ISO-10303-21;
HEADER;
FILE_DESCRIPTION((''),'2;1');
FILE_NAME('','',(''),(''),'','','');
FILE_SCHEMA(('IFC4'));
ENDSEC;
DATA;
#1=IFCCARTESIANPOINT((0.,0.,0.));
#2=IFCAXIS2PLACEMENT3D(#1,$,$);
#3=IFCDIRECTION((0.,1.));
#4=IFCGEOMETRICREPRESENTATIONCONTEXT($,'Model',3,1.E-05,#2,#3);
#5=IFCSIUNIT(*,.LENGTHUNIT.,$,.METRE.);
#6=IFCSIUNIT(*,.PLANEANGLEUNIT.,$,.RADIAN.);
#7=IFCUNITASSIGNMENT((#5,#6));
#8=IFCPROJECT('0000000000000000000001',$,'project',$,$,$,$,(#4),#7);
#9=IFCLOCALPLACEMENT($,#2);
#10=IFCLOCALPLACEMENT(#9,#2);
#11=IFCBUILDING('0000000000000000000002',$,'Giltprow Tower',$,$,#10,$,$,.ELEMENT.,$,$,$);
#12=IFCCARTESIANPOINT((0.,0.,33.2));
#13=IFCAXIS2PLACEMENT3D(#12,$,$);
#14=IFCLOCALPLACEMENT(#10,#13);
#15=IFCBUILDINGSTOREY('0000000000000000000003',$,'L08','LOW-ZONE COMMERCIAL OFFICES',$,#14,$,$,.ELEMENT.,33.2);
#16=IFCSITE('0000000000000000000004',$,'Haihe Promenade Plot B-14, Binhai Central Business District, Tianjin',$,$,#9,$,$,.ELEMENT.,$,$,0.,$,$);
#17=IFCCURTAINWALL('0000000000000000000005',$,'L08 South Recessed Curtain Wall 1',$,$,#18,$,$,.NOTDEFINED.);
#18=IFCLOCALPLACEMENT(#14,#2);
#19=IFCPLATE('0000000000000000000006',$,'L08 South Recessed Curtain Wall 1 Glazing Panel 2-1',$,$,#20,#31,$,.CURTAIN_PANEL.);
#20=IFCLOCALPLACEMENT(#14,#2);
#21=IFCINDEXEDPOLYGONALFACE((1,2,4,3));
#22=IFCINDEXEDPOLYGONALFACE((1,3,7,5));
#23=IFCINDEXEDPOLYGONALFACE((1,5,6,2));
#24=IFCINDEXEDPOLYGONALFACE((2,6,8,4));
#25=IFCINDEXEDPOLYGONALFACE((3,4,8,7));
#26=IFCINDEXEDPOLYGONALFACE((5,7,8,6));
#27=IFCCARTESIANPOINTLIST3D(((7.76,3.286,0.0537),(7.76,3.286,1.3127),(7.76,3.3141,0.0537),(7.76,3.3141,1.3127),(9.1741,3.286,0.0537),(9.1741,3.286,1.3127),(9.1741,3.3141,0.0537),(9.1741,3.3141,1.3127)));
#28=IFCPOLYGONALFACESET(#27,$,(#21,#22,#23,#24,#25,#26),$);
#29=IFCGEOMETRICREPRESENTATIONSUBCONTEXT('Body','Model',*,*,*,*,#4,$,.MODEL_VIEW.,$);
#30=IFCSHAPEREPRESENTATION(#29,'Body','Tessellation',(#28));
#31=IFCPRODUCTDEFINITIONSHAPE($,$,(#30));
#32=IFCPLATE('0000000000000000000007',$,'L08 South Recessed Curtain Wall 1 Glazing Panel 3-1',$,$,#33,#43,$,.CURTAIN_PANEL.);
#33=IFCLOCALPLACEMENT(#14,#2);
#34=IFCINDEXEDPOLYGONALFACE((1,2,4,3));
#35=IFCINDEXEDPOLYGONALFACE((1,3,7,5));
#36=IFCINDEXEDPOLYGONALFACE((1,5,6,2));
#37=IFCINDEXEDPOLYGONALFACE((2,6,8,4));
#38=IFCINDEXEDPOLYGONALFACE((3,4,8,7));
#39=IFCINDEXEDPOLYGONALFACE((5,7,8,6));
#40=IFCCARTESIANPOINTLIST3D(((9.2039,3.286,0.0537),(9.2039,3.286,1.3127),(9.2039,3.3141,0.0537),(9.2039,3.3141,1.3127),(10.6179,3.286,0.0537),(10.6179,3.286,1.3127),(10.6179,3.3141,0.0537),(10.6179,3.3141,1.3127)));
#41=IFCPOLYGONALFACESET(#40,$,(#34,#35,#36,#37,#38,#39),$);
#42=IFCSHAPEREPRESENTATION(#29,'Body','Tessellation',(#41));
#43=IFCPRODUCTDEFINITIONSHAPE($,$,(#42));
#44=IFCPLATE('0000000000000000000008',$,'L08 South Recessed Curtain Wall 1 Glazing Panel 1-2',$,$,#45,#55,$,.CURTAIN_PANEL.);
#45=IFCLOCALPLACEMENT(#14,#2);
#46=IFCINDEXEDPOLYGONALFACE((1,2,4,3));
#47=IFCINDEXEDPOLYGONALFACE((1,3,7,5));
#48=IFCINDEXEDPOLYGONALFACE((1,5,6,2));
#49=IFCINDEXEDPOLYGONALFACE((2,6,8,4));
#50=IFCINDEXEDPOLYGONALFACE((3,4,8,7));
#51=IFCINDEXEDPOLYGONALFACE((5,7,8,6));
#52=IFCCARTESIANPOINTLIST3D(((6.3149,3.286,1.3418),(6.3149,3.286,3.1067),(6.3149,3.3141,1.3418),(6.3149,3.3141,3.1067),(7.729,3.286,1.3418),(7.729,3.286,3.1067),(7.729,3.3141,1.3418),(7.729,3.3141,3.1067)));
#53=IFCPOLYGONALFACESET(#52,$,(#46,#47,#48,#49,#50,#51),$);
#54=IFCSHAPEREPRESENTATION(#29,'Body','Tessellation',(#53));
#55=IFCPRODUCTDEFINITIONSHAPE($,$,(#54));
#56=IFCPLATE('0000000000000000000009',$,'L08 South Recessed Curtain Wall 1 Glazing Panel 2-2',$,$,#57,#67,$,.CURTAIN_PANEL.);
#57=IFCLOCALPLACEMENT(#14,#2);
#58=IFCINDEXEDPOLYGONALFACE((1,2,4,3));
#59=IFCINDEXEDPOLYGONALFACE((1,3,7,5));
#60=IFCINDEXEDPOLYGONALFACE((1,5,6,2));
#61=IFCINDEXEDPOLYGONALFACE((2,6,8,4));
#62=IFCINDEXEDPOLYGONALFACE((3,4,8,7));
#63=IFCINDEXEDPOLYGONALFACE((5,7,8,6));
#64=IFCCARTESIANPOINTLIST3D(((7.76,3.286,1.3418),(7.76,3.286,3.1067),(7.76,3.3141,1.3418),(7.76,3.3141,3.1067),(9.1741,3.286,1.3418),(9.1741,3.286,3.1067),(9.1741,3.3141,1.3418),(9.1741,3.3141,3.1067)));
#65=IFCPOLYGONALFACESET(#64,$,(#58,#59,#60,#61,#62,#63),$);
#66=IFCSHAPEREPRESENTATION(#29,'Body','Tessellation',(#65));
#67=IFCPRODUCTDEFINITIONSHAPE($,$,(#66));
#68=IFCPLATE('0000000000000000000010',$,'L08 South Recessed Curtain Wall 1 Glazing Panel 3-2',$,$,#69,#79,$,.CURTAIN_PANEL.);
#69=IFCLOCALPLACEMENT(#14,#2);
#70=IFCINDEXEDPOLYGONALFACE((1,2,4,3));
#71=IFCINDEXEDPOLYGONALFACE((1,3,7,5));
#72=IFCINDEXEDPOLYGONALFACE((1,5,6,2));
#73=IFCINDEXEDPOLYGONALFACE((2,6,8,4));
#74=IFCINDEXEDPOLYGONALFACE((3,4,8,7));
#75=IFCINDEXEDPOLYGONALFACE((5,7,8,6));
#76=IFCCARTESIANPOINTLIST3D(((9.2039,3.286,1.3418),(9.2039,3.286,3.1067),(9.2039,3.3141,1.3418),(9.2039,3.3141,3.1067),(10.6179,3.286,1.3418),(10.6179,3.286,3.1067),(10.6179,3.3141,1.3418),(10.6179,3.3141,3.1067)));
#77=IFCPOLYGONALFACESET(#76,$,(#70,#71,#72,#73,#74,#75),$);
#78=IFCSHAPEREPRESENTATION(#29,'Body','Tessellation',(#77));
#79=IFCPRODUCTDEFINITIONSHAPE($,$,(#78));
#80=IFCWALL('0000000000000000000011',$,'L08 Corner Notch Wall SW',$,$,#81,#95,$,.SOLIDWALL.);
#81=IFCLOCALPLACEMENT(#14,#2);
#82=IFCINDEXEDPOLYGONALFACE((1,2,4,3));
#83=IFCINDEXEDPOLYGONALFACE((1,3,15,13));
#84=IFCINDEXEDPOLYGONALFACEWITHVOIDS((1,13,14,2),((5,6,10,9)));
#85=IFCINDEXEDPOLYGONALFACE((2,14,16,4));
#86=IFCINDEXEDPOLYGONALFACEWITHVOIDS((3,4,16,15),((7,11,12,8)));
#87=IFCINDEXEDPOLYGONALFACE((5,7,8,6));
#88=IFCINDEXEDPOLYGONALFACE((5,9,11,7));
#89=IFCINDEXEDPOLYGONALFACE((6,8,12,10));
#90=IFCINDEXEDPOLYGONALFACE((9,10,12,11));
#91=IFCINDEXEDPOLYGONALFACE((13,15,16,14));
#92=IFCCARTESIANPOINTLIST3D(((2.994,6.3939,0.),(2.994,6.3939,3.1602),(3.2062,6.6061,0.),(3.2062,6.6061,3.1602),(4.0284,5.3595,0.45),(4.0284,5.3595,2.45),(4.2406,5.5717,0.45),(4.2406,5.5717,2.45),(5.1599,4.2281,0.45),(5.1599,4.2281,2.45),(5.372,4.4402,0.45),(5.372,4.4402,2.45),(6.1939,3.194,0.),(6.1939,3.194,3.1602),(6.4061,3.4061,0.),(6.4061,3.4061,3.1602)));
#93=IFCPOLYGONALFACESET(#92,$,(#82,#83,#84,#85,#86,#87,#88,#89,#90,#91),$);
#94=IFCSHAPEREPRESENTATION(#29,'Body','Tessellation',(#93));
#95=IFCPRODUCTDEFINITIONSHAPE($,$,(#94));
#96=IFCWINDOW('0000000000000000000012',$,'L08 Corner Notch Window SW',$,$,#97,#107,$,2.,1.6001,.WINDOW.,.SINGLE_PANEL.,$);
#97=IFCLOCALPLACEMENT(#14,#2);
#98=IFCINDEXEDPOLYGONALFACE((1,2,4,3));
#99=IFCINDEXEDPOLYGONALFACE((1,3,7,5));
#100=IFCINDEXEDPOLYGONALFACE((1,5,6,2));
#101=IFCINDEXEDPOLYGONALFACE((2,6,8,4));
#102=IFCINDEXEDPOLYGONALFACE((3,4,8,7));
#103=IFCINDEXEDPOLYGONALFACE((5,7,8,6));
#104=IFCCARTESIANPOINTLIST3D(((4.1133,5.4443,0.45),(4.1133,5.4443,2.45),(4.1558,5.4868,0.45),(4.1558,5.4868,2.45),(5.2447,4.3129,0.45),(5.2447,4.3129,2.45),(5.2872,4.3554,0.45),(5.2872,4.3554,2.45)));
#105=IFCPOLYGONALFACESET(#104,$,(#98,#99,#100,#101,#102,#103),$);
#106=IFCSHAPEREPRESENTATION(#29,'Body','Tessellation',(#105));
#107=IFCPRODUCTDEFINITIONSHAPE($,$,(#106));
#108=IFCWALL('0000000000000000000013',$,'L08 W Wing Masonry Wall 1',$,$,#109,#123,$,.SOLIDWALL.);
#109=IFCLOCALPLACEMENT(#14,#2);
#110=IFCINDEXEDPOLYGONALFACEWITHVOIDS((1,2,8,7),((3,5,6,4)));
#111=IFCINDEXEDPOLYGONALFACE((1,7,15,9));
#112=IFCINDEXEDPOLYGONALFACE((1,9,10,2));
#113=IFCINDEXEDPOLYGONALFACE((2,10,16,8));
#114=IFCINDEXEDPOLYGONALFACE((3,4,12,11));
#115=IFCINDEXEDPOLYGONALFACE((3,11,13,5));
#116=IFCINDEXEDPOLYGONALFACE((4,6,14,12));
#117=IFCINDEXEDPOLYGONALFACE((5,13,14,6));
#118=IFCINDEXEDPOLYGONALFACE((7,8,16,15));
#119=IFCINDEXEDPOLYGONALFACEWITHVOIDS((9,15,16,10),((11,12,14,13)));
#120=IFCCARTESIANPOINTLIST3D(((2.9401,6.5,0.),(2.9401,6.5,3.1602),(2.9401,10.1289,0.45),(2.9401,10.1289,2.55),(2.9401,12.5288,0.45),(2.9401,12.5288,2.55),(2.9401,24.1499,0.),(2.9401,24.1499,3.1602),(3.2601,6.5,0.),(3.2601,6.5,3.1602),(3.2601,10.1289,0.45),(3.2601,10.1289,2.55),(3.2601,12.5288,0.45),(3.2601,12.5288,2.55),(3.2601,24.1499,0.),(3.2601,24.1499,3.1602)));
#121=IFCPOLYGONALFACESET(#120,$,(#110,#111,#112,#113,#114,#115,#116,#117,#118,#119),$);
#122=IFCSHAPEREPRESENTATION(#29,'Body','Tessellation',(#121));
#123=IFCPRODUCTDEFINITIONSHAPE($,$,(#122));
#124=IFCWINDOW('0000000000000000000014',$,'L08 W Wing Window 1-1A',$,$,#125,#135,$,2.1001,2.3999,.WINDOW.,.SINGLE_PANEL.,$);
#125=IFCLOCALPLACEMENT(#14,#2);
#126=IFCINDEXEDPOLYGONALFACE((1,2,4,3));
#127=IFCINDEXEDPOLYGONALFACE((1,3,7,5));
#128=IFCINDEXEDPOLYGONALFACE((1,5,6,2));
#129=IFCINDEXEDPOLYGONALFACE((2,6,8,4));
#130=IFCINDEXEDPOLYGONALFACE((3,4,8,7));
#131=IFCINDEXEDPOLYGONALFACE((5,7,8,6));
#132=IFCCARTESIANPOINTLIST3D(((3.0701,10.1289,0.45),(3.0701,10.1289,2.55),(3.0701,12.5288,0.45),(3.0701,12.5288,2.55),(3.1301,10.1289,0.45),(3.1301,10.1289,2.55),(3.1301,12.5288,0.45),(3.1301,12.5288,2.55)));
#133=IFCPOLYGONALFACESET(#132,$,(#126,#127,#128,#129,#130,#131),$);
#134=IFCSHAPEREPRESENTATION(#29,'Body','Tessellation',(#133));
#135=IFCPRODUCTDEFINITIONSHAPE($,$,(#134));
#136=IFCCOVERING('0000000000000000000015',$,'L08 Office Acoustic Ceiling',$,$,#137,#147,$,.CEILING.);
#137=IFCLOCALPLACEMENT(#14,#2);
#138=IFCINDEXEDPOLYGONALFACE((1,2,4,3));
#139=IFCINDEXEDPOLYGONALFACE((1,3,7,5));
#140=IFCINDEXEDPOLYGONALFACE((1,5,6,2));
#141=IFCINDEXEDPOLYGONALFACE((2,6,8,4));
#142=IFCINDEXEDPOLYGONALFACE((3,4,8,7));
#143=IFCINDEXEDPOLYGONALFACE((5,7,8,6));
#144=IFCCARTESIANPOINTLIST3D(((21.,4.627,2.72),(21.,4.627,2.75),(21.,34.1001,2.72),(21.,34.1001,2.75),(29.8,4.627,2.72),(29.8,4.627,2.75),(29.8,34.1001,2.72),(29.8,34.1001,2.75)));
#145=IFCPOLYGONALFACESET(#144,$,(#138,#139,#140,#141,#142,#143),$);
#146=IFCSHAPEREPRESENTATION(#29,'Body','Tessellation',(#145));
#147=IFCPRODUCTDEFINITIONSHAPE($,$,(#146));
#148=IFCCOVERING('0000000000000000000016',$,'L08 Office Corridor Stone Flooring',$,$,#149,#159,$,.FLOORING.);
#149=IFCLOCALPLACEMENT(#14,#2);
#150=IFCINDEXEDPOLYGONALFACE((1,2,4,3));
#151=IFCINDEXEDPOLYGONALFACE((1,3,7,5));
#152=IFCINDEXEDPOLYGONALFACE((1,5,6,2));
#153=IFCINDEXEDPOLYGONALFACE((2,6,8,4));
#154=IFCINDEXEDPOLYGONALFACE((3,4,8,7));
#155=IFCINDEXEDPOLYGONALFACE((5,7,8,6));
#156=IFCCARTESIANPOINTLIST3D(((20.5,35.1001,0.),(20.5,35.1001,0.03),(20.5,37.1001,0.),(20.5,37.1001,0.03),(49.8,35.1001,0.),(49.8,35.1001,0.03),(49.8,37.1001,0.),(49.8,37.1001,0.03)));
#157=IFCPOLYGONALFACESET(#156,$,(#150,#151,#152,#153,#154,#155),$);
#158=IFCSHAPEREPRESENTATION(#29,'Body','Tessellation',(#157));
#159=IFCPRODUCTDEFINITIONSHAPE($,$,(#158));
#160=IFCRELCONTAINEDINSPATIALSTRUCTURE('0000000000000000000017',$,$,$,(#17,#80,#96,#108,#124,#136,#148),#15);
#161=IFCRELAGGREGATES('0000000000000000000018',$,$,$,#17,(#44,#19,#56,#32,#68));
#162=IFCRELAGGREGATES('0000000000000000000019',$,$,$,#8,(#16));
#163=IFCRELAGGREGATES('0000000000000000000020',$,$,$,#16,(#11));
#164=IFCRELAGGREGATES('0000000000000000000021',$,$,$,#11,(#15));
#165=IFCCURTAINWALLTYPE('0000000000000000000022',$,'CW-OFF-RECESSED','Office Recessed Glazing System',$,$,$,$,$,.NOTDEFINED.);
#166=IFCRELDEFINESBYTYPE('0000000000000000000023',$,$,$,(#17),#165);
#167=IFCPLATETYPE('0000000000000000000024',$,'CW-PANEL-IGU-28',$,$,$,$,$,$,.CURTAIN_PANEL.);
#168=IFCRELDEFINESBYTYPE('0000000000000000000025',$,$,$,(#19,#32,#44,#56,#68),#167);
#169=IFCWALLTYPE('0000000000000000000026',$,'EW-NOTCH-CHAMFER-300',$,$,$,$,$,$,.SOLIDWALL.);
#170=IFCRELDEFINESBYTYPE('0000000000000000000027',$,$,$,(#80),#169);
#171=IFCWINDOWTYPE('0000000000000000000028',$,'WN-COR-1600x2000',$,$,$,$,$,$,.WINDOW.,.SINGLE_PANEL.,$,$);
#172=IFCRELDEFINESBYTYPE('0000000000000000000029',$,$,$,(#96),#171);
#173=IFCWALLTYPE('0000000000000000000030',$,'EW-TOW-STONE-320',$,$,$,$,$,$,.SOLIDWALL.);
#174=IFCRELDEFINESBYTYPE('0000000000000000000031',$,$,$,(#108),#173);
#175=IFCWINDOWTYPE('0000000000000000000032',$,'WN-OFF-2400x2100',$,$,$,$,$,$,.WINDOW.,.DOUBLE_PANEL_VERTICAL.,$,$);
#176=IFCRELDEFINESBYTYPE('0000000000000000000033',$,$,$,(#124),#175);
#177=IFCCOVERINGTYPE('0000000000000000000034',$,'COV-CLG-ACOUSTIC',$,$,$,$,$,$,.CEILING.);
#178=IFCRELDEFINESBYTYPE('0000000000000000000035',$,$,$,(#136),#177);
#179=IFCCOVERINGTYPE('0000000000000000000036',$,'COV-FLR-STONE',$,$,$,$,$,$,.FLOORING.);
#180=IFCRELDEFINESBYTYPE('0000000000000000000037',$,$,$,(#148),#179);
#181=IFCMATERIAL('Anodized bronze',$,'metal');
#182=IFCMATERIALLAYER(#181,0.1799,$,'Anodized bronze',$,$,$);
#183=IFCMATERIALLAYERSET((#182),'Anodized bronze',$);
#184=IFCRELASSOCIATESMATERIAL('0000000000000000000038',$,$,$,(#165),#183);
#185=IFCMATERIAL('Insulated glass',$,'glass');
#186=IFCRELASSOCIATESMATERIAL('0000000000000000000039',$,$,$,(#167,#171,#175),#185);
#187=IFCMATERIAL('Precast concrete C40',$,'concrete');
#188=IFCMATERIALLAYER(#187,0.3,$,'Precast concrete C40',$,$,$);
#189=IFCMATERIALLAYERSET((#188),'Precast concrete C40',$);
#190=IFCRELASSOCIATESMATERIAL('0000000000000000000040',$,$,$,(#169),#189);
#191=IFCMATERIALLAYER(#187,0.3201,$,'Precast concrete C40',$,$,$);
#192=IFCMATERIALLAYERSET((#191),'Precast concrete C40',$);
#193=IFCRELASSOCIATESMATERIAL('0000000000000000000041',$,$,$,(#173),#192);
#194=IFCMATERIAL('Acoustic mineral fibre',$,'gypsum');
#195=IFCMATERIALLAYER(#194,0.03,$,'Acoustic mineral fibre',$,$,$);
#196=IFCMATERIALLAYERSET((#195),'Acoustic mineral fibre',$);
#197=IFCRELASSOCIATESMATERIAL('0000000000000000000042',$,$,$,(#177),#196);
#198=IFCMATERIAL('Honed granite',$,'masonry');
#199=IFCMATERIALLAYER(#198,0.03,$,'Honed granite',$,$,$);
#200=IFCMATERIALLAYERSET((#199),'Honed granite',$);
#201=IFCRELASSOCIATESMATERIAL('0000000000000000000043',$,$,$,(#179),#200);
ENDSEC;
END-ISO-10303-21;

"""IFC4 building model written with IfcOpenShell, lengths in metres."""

from ifc_helpers import new_model, si_unit, direction, frame, frame_2d, origin, origin_2d, place, context, subcontext, project, spatial, polyline, rectangle, outline, extrude, source, transform, mapped, material, layer, layer_set, type_object, element, fill, aggregate, save


model = new_model("IFC4")

# Units and contexts
model_context = context("Model", 3, precision=1e-05, world=origin(), true_north=direction((0.0, 1.0)))
body_context = subcontext(model_context, "Body", "Model", "MODEL_VIEW")
ifc_project = project(units=[si_unit("LENGTHUNIT", "METRE"), si_unit("PLANEANGLEUNIT", "RADIAN")], contexts=[model_context])

# Site, building, storey
site_placement = place(None, origin())
site = spatial("IfcSite", under=ifc_project, at=site_placement, Name="Haihe Promenade Plot B-14, Binhai Central Business District, Tianjin", CompositionType="ELEMENT", RefElevation=0.0)
building_placement = place(site_placement, origin())
building = spatial("IfcBuilding", under=site, at=building_placement, Name="Giltprow Tower", CompositionType="ELEMENT")
storey_placement = place(building_placement, frame((0.0, 0.0, 33.2)))
storey = spatial("IfcBuildingStorey", under=building, at=storey_placement, Name="L08", Description="LOW-ZONE COMMERCIAL OFFICES", CompositionType="ELEMENT", Elevation=33.2)

# Curtain wall
ifc_material_1 = material(Name="Anodized bronze", Category="metal")
ifc_layer_1 = layer(ifc_material_1, 0.1799, Name="Anodized bronze")
ifc_layer_set_1 = layer_set([ifc_layer_1], Name="Anodized bronze")
curtain_wall_type = type_object("IfcCurtainWallType", Name="CW-OFF-RECESSED", Description="Office Recessed Glazing System", PredefinedType="NOTDEFINED", material=ifc_layer_set_1)
curtain_wall_placement = place(storey_placement, origin())
curtain_wall = element("IfcCurtainWall", 1, at=curtain_wall_placement, inside=storey, type_object=curtain_wall_type, Name="L08 South Recessed Curtain Wall 1", PredefinedType="NOTDEFINED")

# Plates
ifc_material_2 = material(Name="Insulated glass", Category="glass")
plate_type_1 = type_object("IfcPlateType", Name="CW-PANEL-IGU-28", PredefinedType="CURTAIN_PANEL", material=ifc_material_2)
shared_shape_1 = source(origin(), body_context, "Body", "SweptSolid", [
    extrude(rectangle(XDim=1.4141, YDim=0.0281, at=origin_2d()), origin(), (0.0, 0.0, 1.0), 1.259),
])
plate_1_placement = place(storey_placement, frame((8.467, 3.3, 0.0537), z_axis=(0.0, 0.0, 1.0), x_axis=(1.0, 0.0, 0.0)))
plate_1 = element("IfcPlate", 2, at=plate_1_placement, type_object=plate_type_1, Name="L08 South Recessed Curtain Wall 1 Glazing Panel 2-1", PredefinedType="CURTAIN_PANEL", context=body_context, shape_type="MappedRepresentation", body=[
    mapped(shared_shape_1, transform((0.0, 0.0, 0.0), x_axis=(1.0, 0.0, 0.0), y_axis=(0.0, 1.0, 0.0), z_axis=(0.0, 0.0, 1.0), scale=1.0)),
])
plate_2_placement = place(storey_placement, frame((9.9109, 3.3, 0.0537), z_axis=(0.0, 0.0, 1.0), x_axis=(1.0, 0.0, 0.0)))
plate_2 = element("IfcPlate", 3, at=plate_2_placement, type_object=plate_type_1, Name="L08 South Recessed Curtain Wall 1 Glazing Panel 3-1", PredefinedType="CURTAIN_PANEL", context=body_context, shape_type="MappedRepresentation", body=[
    mapped(shared_shape_1, transform((0.0, 0.0, 0.0), x_axis=(1.0, 0.0, 0.0), y_axis=(0.0, 1.0, 0.0), z_axis=(0.0, 0.0, 1.0), scale=1.0)),
])
shared_shape_2 = source(origin(), body_context, "Body", "SweptSolid", [
    extrude(rectangle(XDim=1.4141, YDim=0.0281, at=origin_2d()), origin(), (0.0, 0.0, 1.0), 1.7649),
])
plate_3_placement = place(storey_placement, frame((7.022, 3.3, 1.3418), z_axis=(0.0, 0.0, 1.0), x_axis=(1.0, 0.0, 0.0)))
plate_3 = element("IfcPlate", 4, at=plate_3_placement, type_object=plate_type_1, Name="L08 South Recessed Curtain Wall 1 Glazing Panel 1-2", PredefinedType="CURTAIN_PANEL", context=body_context, shape_type="MappedRepresentation", body=[
    mapped(shared_shape_2, transform((0.0, 0.0, 0.0), x_axis=(1.0, 0.0, 0.0), y_axis=(0.0, 1.0, 0.0), z_axis=(0.0, 0.0, 1.0), scale=1.0)),
])
plate_4_placement = place(storey_placement, frame((8.467, 3.3, 1.3418), z_axis=(0.0, 0.0, 1.0), x_axis=(1.0, 0.0, 0.0)))
plate_4 = element("IfcPlate", 5, at=plate_4_placement, type_object=plate_type_1, Name="L08 South Recessed Curtain Wall 1 Glazing Panel 2-2", PredefinedType="CURTAIN_PANEL", context=body_context, shape_type="MappedRepresentation", body=[
    mapped(shared_shape_2, transform((0.0, 0.0, 0.0), x_axis=(1.0, 0.0, 0.0), y_axis=(0.0, 1.0, 0.0), z_axis=(0.0, 0.0, 1.0), scale=1.0)),
])
plate_5_placement = place(storey_placement, frame((9.9109, 3.3, 1.3418), z_axis=(0.0, 0.0, 1.0), x_axis=(1.0, 0.0, 0.0)))
plate_5 = element("IfcPlate", 6, at=plate_5_placement, type_object=plate_type_1, Name="L08 South Recessed Curtain Wall 1 Glazing Panel 3-2", PredefinedType="CURTAIN_PANEL", context=body_context, shape_type="MappedRepresentation", body=[
    mapped(shared_shape_2, transform((0.0, 0.0, 0.0), x_axis=(1.0, 0.0, 0.0), y_axis=(0.0, 1.0, 0.0), z_axis=(0.0, 0.0, 1.0), scale=1.0)),
])
aggregate(curtain_wall, [plate_3, plate_1, plate_4, plate_2, plate_5])

# Walls, openings, windows
ifc_material_3 = material(Name="Precast concrete C40", Category="concrete")
ifc_layer_2 = layer(ifc_material_3, 0.3, Name="Precast concrete C40")
ifc_layer_set_2 = layer_set([ifc_layer_2], Name="Precast concrete C40")
wall_type_1 = type_object("IfcWallType", Name="EW-NOTCH-CHAMFER-300", PredefinedType="SOLIDWALL", material=ifc_layer_set_2)
wall_1_placement = place(storey_placement, frame((3.1001, 6.5, 0.0), z_axis=(0.0, 0.0, 1.0), x_axis=(0.707107, -0.707107, 0.0)))
wall_1 = element("IfcWall", 7, at=wall_1_placement, inside=storey, type_object=wall_type_1, Name="L08 Corner Notch Wall SW", PredefinedType="SOLIDWALL", context=body_context, shape_type="SweptSolid", body=[
    extrude(rectangle(XDim=4.5254, YDim=0.3, at=frame_2d((2.2627, 0.0))), origin(), (0.0, 0.0, 1.0), 3.1602),
])
opening_1_placement = place(wall_1_placement, frame((1.4629, 0.0, 0.45)))
opening_1 = element("IfcOpeningElement", 8, at=opening_1_placement, cuts=wall_1, PredefinedType="OPENING", context=body_context, shape_type="SweptSolid", body=[
    extrude(rectangle(XDim=1.6001, YDim=2.0, at=frame_2d((0.8, 1.0))), frame((0.0, 0.1599, 0.0), z_axis=(0.0, -1.0, 0.0), x_axis=(1.0, 0.0, 0.0)), (0.0, 0.0, 1.0), 0.3201),
])
window_type_1 = type_object("IfcWindowType", Name="WN-COR-1600x2000", PartitioningType="SINGLE_PANEL", PredefinedType="WINDOW", material=ifc_material_2)
shared_shape_3 = source(origin(), body_context, "Body", "SweptSolid", [
    extrude(rectangle(XDim=1.6001, YDim=2.0, at=frame_2d((0.8, 1.0))), frame((0.0, 0.03, 0.0), z_axis=(0.0, -1.0, 0.0), x_axis=(1.0, 0.0, 0.0)), (0.0, 0.0, 1.0), 0.0601),
])
window_1_placement = place(opening_1_placement, origin())
window_1 = element("IfcWindow", 9, at=window_1_placement, inside=storey, type_object=window_type_1, Name="L08 Corner Notch Window SW", OverallHeight=2.0, OverallWidth=1.6001, PartitioningType="SINGLE_PANEL", PredefinedType="WINDOW", context=body_context, shape_type="MappedRepresentation", body=[
    mapped(shared_shape_3, transform((0.0, 0.0, 0.0), x_axis=(1.0, 0.0, 0.0), y_axis=(0.0, 1.0, 0.0), z_axis=(0.0, 0.0, 1.0), scale=1.0)),
])
fill(opening_1, window_1)
ifc_layer_3 = layer(ifc_material_3, 0.3201, Name="Precast concrete C40")
ifc_layer_set_3 = layer_set([ifc_layer_3], Name="Precast concrete C40")
wall_type_2 = type_object("IfcWallType", Name="EW-TOW-STONE-320", PredefinedType="SOLIDWALL", material=ifc_layer_set_3)
wall_2_placement = place(storey_placement, frame((3.1001, 6.5, 0.0), z_axis=(0.0, 0.0, 1.0), x_axis=(0.0, 1.0, 0.0)))
wall_2 = element("IfcWall", 10, at=wall_2_placement, inside=storey, type_object=wall_type_2, Name="L08 W Wing Masonry Wall 1", PredefinedType="SOLIDWALL", context=body_context, shape_type="SweptSolid", body=[
    extrude(rectangle(XDim=17.6499, YDim=0.3201, at=frame_2d((8.825, 0.0))), origin(), (0.0, 0.0, 1.0), 3.1602),
])
opening_2_placement = place(wall_2_placement, frame((3.6289, 0.0, 0.45)))
opening_2 = element("IfcOpeningElement", 11, at=opening_2_placement, cuts=wall_2, PredefinedType="OPENING", context=body_context, shape_type="SweptSolid", body=[
    extrude(rectangle(XDim=2.3999, YDim=2.1001, at=frame_2d((1.2, 1.05))), frame((0.0, 0.1699, 0.0), z_axis=(0.0, -1.0, 0.0), x_axis=(1.0, 0.0, 0.0)), (0.0, 0.0, 1.0), 0.3401),
])
window_type_2 = type_object("IfcWindowType", Name="WN-OFF-2400x2100", PartitioningType="DOUBLE_PANEL_VERTICAL", PredefinedType="WINDOW", material=ifc_material_2)
shared_shape_4 = source(origin(), body_context, "Body", "SweptSolid", [
    extrude(rectangle(XDim=2.3999, YDim=2.1001, at=frame_2d((1.2, 1.05))), frame((0.0, 0.03, 0.0), z_axis=(0.0, -1.0, 0.0), x_axis=(1.0, 0.0, 0.0)), (0.0, 0.0, 1.0), 0.0601),
])
window_2_placement = place(opening_2_placement, origin())
window_2 = element("IfcWindow", 12, at=window_2_placement, inside=storey, type_object=window_type_2, Name="L08 W Wing Window 1-1A", OverallHeight=2.1001, OverallWidth=2.3999, PartitioningType="SINGLE_PANEL", PredefinedType="WINDOW", context=body_context, shape_type="MappedRepresentation", body=[
    mapped(shared_shape_4, transform((0.0, 0.0, 0.0), x_axis=(1.0, 0.0, 0.0), y_axis=(0.0, 1.0, 0.0), z_axis=(0.0, 0.0, 1.0), scale=1.0)),
])
fill(opening_2, window_2)

# Coverings
ifc_material_4 = material(Name="Acoustic mineral fibre", Category="gypsum")
ifc_layer_4 = layer(ifc_material_4, 0.03, Name="Acoustic mineral fibre")
ifc_layer_set_4 = layer_set([ifc_layer_4], Name="Acoustic mineral fibre")
covering_type_1 = type_object("IfcCoveringType", Name="COV-CLG-ACOUSTIC", PredefinedType="CEILING", material=ifc_layer_set_4)
covering_1_placement = place(storey_placement, frame((0.0, 0.0, 2.72)))
element("IfcCovering", 13, at=covering_1_placement, inside=storey, type_object=covering_type_1, Name="L08 Office Acoustic Ceiling", PredefinedType="CEILING", context=body_context, shape_type="SweptSolid", body=[
    extrude(outline(polyline([(21.0, 4.627), (29.8, 4.627), (29.8, 34.1001), (21.0, 34.1001), (21.0, 4.627)])), origin(), (0.0, 0.0, 1.0), 0.03),
])
ifc_material_5 = material(Name="Honed granite", Category="masonry")
ifc_layer_5 = layer(ifc_material_5, 0.03, Name="Honed granite")
ifc_layer_set_5 = layer_set([ifc_layer_5], Name="Honed granite")
covering_type_2 = type_object("IfcCoveringType", Name="COV-FLR-STONE", PredefinedType="FLOORING", material=ifc_layer_set_5)
covering_2_placement = place(storey_placement, origin())
element("IfcCovering", 14, at=covering_2_placement, inside=storey, type_object=covering_type_2, Name="L08 Office Corridor Stone Flooring", PredefinedType="FLOORING", context=body_context, shape_type="SweptSolid", body=[
    extrude(outline(polyline([(20.5, 35.1001), (49.8, 35.1001), (49.8, 37.1001), (20.5, 37.1001), (20.5, 35.1001)])), origin(), (0.0, 0.0, 1.0), 0.03),
])

save(model, "model.ifc")
